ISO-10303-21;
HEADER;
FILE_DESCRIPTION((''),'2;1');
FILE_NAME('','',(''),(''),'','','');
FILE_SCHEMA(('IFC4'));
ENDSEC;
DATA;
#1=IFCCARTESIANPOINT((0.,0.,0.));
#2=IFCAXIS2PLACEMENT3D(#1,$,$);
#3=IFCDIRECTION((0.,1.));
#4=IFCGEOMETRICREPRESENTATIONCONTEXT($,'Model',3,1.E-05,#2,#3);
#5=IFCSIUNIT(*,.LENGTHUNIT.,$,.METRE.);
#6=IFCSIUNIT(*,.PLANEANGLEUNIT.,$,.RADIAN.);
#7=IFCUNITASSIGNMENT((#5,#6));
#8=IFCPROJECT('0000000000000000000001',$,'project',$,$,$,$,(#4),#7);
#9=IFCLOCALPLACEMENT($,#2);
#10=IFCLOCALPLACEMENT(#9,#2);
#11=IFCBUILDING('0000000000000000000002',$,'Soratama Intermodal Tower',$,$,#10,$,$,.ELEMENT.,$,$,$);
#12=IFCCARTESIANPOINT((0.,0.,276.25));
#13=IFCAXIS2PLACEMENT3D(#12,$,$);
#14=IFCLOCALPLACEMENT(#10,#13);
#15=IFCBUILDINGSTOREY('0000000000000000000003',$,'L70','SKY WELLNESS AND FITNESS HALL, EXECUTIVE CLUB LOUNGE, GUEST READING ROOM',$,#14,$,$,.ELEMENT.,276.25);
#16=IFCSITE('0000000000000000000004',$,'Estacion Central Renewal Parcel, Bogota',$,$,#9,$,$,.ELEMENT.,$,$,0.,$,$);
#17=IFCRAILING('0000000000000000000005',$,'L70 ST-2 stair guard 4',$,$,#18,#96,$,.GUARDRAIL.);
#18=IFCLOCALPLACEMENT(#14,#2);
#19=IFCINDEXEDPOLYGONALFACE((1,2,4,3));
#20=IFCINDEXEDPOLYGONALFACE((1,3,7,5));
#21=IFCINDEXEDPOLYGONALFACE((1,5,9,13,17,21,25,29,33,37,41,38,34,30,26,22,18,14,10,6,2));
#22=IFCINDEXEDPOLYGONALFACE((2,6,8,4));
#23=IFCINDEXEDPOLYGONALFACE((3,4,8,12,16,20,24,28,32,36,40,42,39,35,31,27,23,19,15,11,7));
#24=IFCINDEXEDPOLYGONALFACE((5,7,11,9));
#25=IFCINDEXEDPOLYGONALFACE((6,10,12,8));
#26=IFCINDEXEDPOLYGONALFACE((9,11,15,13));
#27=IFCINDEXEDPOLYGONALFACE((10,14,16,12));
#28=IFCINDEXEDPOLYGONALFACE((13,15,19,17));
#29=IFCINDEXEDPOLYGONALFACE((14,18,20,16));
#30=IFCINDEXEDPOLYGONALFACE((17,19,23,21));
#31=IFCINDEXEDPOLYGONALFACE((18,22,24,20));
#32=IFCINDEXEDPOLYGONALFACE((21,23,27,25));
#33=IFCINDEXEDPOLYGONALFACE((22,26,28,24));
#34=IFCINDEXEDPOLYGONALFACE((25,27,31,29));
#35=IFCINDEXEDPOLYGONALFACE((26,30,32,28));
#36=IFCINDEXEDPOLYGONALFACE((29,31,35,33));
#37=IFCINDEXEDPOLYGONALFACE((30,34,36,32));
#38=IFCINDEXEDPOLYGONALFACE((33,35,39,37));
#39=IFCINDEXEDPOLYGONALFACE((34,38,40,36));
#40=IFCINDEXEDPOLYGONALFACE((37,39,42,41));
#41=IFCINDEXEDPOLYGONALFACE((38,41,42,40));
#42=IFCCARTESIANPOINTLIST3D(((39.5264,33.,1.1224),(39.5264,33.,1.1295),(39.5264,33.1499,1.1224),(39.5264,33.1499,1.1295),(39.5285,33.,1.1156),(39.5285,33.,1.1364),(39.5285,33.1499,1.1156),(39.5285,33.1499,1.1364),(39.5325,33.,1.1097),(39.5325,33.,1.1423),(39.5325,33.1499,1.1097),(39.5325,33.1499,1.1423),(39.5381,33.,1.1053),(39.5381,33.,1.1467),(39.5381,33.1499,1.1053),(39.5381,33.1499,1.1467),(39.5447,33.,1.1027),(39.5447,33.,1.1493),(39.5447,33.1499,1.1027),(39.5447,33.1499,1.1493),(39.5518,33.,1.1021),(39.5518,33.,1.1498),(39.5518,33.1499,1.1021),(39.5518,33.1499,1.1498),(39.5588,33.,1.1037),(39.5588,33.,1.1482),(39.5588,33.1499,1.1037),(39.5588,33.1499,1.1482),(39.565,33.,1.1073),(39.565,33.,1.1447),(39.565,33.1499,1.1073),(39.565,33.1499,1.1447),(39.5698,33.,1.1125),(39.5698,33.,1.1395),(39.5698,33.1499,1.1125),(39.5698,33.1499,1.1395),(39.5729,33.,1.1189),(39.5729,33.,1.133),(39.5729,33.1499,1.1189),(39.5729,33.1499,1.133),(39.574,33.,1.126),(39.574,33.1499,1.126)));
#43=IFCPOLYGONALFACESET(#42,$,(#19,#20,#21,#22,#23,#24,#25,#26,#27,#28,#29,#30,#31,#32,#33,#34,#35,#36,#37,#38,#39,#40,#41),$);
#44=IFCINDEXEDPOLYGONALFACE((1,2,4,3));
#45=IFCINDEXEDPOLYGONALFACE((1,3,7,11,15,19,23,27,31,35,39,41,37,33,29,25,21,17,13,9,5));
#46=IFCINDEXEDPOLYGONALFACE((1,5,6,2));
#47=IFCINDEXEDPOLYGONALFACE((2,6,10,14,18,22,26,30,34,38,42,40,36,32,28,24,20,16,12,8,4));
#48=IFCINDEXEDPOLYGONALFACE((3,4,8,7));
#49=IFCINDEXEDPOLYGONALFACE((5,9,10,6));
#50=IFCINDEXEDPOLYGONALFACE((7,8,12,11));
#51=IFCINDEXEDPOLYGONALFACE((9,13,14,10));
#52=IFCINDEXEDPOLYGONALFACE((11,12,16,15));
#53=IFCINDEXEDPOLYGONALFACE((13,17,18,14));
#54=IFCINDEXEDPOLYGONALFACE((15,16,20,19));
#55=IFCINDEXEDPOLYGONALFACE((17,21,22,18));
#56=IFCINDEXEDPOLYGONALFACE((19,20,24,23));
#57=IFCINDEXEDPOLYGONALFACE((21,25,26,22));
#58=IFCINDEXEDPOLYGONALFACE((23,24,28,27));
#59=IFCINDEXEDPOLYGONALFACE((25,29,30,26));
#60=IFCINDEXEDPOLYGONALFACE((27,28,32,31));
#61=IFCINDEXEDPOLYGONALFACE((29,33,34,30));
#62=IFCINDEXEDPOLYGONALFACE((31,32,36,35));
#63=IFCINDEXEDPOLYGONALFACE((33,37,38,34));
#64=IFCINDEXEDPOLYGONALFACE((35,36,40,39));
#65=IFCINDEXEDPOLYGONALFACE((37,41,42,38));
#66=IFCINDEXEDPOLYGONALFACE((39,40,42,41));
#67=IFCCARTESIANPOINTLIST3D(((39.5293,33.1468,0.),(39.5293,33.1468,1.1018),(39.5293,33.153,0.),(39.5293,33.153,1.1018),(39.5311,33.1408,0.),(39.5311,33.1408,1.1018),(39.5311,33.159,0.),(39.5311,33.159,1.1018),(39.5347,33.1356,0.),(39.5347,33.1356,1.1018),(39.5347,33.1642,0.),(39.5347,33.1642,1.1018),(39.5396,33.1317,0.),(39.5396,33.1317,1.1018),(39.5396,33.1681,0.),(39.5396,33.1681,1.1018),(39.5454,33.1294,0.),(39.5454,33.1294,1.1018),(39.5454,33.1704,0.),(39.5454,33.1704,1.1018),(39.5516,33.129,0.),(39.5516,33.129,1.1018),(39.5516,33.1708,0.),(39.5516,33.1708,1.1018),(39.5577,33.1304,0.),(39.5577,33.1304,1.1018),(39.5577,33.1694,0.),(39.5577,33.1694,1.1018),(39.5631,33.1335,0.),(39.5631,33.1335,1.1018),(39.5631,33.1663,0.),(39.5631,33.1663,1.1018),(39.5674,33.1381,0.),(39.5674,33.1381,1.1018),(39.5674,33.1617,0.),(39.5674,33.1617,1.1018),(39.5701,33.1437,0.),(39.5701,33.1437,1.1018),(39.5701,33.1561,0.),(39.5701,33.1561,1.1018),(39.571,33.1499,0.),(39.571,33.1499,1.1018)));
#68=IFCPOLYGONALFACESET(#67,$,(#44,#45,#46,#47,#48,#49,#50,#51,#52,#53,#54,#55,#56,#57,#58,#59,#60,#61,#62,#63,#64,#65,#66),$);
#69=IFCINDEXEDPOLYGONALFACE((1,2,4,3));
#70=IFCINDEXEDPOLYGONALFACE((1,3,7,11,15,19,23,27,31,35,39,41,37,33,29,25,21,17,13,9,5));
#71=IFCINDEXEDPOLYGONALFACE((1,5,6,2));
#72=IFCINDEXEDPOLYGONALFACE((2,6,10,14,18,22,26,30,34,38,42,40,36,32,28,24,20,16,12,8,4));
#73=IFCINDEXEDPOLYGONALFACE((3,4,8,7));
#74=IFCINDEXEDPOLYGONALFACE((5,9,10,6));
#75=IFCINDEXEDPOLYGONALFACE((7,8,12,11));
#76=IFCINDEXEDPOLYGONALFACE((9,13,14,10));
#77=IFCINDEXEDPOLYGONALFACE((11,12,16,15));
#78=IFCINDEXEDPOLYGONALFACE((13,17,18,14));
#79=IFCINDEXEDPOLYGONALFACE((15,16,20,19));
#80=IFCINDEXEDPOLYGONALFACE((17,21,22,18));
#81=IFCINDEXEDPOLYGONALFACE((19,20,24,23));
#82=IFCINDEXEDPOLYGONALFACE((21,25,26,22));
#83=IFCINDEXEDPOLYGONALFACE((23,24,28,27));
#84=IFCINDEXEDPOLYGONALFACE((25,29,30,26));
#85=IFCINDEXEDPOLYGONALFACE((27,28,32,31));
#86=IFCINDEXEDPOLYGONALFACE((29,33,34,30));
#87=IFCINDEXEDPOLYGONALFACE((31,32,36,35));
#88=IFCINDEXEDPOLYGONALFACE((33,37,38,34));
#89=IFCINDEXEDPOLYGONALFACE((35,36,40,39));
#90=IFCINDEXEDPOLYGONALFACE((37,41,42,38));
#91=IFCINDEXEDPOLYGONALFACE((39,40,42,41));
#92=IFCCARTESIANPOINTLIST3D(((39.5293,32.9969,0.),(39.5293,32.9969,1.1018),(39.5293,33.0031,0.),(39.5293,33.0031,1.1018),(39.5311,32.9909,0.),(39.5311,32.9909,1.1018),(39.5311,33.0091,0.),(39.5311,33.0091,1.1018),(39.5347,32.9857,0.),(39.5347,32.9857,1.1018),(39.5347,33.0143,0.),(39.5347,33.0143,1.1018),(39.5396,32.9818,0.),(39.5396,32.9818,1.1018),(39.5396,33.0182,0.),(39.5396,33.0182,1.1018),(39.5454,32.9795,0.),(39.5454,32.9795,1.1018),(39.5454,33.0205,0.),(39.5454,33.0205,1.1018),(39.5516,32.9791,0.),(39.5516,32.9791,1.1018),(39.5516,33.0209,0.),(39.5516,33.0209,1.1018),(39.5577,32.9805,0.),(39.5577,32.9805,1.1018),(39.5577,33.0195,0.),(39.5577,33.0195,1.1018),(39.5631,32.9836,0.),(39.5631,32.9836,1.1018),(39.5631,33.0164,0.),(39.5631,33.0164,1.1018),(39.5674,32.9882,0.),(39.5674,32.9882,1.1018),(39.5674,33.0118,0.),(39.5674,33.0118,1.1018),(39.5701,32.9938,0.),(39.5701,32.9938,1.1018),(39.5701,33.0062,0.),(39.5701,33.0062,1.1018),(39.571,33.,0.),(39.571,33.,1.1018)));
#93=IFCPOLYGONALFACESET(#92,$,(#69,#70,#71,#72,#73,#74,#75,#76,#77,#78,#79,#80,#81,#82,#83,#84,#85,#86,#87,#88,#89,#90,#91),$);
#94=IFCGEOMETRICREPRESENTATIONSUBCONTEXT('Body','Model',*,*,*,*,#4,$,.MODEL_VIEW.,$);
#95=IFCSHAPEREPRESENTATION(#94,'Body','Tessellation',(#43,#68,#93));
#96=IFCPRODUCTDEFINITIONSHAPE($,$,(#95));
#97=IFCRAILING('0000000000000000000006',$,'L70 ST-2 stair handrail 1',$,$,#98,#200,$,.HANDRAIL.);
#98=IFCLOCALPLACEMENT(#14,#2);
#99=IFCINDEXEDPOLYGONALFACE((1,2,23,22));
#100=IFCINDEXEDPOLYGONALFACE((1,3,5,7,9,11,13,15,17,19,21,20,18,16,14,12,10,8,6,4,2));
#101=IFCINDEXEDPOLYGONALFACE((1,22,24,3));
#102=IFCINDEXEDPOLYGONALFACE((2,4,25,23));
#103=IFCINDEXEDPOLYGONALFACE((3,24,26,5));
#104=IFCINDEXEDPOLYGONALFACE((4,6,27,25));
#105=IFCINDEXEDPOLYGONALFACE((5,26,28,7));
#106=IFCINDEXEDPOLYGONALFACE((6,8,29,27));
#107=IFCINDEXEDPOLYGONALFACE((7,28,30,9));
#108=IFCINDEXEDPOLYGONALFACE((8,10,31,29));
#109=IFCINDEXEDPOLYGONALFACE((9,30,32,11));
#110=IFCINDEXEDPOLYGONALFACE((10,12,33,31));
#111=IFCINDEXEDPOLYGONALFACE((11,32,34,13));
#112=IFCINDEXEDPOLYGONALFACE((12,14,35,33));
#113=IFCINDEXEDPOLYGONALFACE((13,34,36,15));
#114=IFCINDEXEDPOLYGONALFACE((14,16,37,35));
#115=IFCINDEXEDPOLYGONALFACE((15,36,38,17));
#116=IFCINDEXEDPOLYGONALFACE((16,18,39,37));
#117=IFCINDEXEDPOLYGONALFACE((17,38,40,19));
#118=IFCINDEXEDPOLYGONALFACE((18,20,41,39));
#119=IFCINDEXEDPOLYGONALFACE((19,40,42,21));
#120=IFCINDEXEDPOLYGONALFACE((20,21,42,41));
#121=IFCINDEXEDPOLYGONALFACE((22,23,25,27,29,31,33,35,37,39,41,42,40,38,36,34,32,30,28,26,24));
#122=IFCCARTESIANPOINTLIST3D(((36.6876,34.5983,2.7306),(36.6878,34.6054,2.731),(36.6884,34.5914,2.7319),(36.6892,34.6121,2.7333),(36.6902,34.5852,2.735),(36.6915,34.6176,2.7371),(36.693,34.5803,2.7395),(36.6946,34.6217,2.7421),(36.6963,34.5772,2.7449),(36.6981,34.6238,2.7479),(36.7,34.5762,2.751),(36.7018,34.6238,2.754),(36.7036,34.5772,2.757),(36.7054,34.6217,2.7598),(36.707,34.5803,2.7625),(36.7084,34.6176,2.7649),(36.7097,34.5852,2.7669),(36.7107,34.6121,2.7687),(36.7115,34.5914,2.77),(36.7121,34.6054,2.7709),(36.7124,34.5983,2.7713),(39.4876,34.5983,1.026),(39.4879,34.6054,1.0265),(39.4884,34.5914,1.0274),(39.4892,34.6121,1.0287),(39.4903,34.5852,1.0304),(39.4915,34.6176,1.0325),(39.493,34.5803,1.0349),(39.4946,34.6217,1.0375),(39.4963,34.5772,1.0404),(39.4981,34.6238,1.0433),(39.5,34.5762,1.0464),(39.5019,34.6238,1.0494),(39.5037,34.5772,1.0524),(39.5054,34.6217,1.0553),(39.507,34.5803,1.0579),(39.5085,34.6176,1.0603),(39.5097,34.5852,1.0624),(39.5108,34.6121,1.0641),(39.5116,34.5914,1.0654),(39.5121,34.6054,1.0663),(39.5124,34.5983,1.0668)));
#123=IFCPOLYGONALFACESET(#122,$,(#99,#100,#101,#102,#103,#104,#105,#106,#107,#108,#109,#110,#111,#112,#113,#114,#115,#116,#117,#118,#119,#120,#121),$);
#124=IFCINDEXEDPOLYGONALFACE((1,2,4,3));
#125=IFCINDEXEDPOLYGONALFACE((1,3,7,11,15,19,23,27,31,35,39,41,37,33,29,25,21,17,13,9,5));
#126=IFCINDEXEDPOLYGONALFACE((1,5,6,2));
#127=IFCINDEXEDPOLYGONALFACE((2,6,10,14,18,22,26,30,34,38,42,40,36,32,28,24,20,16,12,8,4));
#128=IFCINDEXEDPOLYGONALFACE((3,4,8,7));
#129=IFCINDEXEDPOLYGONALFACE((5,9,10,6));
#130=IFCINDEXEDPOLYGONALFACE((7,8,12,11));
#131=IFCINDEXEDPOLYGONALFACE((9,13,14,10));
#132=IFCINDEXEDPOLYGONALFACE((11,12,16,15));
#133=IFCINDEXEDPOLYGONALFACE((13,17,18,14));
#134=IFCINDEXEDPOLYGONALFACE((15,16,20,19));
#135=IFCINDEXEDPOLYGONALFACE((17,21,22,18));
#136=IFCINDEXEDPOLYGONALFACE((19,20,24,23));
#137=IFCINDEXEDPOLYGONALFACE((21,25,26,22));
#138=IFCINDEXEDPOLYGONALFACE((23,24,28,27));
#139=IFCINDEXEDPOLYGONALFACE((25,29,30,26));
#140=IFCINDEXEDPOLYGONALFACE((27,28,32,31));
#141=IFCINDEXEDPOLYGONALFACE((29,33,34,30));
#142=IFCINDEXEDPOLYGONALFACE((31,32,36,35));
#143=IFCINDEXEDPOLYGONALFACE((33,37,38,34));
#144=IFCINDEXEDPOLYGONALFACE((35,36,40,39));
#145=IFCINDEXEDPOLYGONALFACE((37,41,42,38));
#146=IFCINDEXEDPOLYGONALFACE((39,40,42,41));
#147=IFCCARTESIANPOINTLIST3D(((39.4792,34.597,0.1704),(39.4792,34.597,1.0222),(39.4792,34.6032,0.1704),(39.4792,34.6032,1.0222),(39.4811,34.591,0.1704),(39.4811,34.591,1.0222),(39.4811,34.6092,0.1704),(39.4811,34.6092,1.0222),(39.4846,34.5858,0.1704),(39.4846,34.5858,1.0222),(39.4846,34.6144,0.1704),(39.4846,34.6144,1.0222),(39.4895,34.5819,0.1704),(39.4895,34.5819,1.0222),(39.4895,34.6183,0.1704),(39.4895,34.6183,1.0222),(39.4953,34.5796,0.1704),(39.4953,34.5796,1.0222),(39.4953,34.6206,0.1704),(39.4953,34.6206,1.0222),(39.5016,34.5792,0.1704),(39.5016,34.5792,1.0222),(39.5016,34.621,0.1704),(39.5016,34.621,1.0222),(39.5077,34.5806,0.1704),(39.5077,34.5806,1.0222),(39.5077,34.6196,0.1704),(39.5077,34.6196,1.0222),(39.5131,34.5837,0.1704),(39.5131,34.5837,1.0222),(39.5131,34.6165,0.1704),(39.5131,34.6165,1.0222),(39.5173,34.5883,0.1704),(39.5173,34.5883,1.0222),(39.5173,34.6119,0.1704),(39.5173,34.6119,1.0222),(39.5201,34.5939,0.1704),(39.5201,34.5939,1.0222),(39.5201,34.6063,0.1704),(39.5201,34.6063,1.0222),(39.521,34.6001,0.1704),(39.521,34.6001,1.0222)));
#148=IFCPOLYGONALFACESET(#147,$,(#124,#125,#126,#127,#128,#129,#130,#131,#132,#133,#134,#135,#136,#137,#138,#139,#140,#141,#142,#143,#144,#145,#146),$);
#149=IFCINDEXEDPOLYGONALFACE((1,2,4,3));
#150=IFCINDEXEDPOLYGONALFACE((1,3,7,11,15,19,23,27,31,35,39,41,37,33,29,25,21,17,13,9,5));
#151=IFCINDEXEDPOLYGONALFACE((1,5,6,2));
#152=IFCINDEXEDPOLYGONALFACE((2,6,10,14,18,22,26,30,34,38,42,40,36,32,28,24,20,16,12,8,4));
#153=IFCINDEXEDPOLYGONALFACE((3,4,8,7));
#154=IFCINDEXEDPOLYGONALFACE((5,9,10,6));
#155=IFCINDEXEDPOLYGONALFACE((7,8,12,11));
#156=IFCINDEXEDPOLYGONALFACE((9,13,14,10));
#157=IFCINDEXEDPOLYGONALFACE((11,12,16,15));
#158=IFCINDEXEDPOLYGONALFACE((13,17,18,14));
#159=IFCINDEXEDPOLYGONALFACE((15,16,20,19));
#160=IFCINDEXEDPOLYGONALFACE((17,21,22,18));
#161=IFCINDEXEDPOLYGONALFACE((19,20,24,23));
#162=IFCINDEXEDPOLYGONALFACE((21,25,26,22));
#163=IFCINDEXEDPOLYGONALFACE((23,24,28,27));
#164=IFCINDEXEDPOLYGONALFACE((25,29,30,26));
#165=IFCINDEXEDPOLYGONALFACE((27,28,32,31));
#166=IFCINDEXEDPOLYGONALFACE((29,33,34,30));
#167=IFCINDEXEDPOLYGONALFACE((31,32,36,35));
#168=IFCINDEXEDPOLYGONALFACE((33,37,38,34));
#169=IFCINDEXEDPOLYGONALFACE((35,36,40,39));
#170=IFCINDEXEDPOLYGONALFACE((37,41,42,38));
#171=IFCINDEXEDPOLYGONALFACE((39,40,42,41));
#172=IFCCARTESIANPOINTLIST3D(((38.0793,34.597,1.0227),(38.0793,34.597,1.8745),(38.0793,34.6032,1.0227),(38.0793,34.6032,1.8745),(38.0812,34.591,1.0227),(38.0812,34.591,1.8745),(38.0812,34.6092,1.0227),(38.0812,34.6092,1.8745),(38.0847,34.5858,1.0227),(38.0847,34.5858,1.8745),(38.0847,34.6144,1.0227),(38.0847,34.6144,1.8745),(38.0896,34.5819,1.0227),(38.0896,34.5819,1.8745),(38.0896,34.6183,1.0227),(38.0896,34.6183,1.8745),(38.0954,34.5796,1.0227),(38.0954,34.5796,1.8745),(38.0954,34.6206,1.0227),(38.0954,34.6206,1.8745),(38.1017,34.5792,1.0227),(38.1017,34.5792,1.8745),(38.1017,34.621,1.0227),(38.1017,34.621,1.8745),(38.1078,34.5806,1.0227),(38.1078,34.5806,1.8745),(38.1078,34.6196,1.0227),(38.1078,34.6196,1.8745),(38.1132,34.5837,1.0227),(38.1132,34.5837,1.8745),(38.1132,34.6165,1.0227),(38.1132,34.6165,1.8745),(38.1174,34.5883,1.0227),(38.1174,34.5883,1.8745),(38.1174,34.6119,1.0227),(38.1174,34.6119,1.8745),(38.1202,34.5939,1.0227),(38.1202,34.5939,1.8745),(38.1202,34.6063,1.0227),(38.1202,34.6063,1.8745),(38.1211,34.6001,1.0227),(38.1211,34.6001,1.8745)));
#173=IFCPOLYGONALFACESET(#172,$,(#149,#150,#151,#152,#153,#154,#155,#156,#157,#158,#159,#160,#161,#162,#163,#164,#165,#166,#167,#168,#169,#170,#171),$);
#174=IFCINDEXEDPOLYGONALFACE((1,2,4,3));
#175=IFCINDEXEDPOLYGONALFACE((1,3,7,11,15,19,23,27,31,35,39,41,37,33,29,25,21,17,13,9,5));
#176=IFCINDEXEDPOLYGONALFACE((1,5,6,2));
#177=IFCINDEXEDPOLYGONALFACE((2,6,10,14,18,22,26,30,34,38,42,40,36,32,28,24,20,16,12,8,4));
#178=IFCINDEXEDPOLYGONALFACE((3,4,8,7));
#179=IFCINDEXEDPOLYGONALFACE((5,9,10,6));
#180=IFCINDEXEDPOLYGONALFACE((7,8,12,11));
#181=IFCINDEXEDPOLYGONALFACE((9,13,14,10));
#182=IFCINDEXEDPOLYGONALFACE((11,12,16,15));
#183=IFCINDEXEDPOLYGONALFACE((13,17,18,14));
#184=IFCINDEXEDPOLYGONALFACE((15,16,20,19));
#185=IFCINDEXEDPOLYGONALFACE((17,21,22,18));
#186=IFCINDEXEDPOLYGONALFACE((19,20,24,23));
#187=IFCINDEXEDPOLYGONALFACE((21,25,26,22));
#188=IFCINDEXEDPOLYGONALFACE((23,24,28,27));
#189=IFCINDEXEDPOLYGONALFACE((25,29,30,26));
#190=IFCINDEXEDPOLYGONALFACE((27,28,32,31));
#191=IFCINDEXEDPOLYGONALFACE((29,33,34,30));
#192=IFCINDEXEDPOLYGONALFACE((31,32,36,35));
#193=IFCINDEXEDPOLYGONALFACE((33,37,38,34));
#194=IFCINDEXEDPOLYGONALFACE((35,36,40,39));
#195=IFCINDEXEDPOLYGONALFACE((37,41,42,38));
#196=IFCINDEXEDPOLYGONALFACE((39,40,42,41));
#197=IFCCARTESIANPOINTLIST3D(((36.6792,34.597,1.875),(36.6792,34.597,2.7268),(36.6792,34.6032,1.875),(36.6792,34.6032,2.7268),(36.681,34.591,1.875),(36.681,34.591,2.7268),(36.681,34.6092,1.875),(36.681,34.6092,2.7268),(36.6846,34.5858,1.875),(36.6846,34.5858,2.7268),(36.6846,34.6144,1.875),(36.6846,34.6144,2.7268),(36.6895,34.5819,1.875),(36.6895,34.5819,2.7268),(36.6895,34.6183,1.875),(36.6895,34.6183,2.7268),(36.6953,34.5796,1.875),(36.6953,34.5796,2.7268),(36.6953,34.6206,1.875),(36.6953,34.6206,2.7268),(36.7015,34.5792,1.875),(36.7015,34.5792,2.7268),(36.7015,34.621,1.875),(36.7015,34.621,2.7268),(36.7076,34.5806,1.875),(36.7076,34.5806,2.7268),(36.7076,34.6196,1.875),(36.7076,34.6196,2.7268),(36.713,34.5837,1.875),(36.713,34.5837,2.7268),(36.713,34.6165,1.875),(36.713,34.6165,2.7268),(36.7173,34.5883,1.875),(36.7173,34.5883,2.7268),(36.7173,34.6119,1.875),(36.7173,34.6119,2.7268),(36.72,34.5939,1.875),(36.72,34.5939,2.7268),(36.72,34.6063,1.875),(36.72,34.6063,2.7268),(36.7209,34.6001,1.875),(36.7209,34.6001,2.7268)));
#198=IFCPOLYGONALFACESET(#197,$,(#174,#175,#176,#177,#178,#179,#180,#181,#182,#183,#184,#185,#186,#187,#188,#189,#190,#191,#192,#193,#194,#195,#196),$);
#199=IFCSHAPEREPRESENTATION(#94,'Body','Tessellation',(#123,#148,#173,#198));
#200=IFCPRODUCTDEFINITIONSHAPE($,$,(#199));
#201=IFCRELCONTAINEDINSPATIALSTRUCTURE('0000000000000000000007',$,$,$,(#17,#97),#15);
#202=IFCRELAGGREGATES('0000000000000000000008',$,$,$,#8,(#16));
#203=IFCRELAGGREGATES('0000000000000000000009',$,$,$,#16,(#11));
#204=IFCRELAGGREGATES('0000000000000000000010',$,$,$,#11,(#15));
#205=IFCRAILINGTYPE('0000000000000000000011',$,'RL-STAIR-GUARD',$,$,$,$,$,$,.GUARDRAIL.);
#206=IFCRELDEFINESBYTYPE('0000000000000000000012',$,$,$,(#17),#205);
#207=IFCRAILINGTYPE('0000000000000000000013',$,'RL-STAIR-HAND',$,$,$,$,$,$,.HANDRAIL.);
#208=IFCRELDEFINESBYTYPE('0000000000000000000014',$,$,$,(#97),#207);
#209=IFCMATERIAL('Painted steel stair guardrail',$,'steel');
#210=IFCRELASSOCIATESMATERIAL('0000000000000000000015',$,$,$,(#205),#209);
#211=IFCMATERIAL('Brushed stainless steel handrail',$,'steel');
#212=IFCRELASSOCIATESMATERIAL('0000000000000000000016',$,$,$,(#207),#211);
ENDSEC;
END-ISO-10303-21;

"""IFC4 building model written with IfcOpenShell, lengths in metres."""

from ifc_helpers import new_model, si_unit, direction, frame, origin, origin_2d, place, context, subcontext, project, spatial, circle, extrude, material, type_object, element, save


model = new_model("IFC4")

# Units and contexts
model_context = context("Model", 3, precision=1e-05, world=origin(), true_north=direction((0.0, 1.0)))
body_context = subcontext(model_context, "Body", "Model", "MODEL_VIEW")
ifc_project = project(units=[si_unit("LENGTHUNIT", "METRE"), si_unit("PLANEANGLEUNIT", "RADIAN")], contexts=[model_context])

# Site, building, storey
site_placement = place(None, origin())
site = spatial("IfcSite", under=ifc_project, at=site_placement, Name="Estacion Central Renewal Parcel, Bogota", CompositionType="ELEMENT", RefElevation=0.0)
building_placement = place(site_placement, origin())
building = spatial("IfcBuilding", under=site, at=building_placement, Name="Soratama Intermodal Tower", CompositionType="ELEMENT")
storey_placement = place(building_placement, frame((0.0, 0.0, 276.25)))
storey = spatial("IfcBuildingStorey", under=building, at=storey_placement, Name="L70", Description="SKY WELLNESS AND FITNESS HALL, EXECUTIVE CLUB LOUNGE, GUEST READING ROOM", CompositionType="ELEMENT", Elevation=276.25)

# Railings
ifc_material_1 = material(Name="Painted steel stair guardrail", Category="steel")
railing_type_1 = type_object("IfcRailingType", Name="RL-STAIR-GUARD", PredefinedType="GUARDRAIL", material=ifc_material_1)
railing_1_placement = place(storey_placement, frame((39.55, 33.1499, 0.0)))
element("IfcRailing", 1, at=railing_1_placement, inside=storey, type_object=railing_type_1, Name="L70 ST-2 stair guard 4", PredefinedType="GUARDRAIL", context=body_context, shape_type="SweptSolid", body=[
    extrude(circle(Radius=0.0239, at=origin_2d()), frame((0.0, 0.0, 1.126), z_axis=(0.0, -1.0, 0.0), x_axis=(1.0, 0.0, 0.0)), (0.0, 0.0, 1.0), 0.1499),
    extrude(circle(Radius=0.021, at=origin_2d()), origin(), (0.0, 0.0, 1.0), 1.1018),
    extrude(circle(Radius=0.021, at=origin_2d()), frame((0.0, -0.1499, 0.0)), (0.0, 0.0, 1.0), 1.1018),
])
ifc_material_2 = material(Name="Brushed stainless steel handrail", Category="steel")
railing_type_2 = type_object("IfcRailingType", Name="RL-STAIR-HAND", PredefinedType="HANDRAIL", material=ifc_material_2)
railing_2_placement = place(storey_placement, frame((39.5, 34.6001, 0.1704)))
element("IfcRailing", 2, at=railing_2_placement, inside=storey, type_object=railing_type_2, Name="L70 ST-2 stair handrail 1", PredefinedType="HANDRAIL", context=body_context, shape_type="SweptSolid", body=[
    extrude(circle(Radius=0.0239, at=origin_2d()), frame((0.0, 0.0, 0.876), z_axis=(-0.85417, 0.0, 0.519994), x_axis=(0.0, -1.0, 0.0)), (0.0, 0.0, 1.0), 3.2781),
    extrude(circle(Radius=0.021, at=origin_2d()), origin(), (0.0, 0.0, 1.0), 0.8518),
    extrude(circle(Radius=0.021, at=origin_2d()), frame((-1.3999, 0.0, 0.8523)), (0.0, 0.0, 1.0), 0.8518),
    extrude(circle(Radius=0.021, at=origin_2d()), frame((-2.8, 0.0, 1.7046)), (0.0, 0.0, 1.0), 0.8518),
])

save(model, "model.ifc")
